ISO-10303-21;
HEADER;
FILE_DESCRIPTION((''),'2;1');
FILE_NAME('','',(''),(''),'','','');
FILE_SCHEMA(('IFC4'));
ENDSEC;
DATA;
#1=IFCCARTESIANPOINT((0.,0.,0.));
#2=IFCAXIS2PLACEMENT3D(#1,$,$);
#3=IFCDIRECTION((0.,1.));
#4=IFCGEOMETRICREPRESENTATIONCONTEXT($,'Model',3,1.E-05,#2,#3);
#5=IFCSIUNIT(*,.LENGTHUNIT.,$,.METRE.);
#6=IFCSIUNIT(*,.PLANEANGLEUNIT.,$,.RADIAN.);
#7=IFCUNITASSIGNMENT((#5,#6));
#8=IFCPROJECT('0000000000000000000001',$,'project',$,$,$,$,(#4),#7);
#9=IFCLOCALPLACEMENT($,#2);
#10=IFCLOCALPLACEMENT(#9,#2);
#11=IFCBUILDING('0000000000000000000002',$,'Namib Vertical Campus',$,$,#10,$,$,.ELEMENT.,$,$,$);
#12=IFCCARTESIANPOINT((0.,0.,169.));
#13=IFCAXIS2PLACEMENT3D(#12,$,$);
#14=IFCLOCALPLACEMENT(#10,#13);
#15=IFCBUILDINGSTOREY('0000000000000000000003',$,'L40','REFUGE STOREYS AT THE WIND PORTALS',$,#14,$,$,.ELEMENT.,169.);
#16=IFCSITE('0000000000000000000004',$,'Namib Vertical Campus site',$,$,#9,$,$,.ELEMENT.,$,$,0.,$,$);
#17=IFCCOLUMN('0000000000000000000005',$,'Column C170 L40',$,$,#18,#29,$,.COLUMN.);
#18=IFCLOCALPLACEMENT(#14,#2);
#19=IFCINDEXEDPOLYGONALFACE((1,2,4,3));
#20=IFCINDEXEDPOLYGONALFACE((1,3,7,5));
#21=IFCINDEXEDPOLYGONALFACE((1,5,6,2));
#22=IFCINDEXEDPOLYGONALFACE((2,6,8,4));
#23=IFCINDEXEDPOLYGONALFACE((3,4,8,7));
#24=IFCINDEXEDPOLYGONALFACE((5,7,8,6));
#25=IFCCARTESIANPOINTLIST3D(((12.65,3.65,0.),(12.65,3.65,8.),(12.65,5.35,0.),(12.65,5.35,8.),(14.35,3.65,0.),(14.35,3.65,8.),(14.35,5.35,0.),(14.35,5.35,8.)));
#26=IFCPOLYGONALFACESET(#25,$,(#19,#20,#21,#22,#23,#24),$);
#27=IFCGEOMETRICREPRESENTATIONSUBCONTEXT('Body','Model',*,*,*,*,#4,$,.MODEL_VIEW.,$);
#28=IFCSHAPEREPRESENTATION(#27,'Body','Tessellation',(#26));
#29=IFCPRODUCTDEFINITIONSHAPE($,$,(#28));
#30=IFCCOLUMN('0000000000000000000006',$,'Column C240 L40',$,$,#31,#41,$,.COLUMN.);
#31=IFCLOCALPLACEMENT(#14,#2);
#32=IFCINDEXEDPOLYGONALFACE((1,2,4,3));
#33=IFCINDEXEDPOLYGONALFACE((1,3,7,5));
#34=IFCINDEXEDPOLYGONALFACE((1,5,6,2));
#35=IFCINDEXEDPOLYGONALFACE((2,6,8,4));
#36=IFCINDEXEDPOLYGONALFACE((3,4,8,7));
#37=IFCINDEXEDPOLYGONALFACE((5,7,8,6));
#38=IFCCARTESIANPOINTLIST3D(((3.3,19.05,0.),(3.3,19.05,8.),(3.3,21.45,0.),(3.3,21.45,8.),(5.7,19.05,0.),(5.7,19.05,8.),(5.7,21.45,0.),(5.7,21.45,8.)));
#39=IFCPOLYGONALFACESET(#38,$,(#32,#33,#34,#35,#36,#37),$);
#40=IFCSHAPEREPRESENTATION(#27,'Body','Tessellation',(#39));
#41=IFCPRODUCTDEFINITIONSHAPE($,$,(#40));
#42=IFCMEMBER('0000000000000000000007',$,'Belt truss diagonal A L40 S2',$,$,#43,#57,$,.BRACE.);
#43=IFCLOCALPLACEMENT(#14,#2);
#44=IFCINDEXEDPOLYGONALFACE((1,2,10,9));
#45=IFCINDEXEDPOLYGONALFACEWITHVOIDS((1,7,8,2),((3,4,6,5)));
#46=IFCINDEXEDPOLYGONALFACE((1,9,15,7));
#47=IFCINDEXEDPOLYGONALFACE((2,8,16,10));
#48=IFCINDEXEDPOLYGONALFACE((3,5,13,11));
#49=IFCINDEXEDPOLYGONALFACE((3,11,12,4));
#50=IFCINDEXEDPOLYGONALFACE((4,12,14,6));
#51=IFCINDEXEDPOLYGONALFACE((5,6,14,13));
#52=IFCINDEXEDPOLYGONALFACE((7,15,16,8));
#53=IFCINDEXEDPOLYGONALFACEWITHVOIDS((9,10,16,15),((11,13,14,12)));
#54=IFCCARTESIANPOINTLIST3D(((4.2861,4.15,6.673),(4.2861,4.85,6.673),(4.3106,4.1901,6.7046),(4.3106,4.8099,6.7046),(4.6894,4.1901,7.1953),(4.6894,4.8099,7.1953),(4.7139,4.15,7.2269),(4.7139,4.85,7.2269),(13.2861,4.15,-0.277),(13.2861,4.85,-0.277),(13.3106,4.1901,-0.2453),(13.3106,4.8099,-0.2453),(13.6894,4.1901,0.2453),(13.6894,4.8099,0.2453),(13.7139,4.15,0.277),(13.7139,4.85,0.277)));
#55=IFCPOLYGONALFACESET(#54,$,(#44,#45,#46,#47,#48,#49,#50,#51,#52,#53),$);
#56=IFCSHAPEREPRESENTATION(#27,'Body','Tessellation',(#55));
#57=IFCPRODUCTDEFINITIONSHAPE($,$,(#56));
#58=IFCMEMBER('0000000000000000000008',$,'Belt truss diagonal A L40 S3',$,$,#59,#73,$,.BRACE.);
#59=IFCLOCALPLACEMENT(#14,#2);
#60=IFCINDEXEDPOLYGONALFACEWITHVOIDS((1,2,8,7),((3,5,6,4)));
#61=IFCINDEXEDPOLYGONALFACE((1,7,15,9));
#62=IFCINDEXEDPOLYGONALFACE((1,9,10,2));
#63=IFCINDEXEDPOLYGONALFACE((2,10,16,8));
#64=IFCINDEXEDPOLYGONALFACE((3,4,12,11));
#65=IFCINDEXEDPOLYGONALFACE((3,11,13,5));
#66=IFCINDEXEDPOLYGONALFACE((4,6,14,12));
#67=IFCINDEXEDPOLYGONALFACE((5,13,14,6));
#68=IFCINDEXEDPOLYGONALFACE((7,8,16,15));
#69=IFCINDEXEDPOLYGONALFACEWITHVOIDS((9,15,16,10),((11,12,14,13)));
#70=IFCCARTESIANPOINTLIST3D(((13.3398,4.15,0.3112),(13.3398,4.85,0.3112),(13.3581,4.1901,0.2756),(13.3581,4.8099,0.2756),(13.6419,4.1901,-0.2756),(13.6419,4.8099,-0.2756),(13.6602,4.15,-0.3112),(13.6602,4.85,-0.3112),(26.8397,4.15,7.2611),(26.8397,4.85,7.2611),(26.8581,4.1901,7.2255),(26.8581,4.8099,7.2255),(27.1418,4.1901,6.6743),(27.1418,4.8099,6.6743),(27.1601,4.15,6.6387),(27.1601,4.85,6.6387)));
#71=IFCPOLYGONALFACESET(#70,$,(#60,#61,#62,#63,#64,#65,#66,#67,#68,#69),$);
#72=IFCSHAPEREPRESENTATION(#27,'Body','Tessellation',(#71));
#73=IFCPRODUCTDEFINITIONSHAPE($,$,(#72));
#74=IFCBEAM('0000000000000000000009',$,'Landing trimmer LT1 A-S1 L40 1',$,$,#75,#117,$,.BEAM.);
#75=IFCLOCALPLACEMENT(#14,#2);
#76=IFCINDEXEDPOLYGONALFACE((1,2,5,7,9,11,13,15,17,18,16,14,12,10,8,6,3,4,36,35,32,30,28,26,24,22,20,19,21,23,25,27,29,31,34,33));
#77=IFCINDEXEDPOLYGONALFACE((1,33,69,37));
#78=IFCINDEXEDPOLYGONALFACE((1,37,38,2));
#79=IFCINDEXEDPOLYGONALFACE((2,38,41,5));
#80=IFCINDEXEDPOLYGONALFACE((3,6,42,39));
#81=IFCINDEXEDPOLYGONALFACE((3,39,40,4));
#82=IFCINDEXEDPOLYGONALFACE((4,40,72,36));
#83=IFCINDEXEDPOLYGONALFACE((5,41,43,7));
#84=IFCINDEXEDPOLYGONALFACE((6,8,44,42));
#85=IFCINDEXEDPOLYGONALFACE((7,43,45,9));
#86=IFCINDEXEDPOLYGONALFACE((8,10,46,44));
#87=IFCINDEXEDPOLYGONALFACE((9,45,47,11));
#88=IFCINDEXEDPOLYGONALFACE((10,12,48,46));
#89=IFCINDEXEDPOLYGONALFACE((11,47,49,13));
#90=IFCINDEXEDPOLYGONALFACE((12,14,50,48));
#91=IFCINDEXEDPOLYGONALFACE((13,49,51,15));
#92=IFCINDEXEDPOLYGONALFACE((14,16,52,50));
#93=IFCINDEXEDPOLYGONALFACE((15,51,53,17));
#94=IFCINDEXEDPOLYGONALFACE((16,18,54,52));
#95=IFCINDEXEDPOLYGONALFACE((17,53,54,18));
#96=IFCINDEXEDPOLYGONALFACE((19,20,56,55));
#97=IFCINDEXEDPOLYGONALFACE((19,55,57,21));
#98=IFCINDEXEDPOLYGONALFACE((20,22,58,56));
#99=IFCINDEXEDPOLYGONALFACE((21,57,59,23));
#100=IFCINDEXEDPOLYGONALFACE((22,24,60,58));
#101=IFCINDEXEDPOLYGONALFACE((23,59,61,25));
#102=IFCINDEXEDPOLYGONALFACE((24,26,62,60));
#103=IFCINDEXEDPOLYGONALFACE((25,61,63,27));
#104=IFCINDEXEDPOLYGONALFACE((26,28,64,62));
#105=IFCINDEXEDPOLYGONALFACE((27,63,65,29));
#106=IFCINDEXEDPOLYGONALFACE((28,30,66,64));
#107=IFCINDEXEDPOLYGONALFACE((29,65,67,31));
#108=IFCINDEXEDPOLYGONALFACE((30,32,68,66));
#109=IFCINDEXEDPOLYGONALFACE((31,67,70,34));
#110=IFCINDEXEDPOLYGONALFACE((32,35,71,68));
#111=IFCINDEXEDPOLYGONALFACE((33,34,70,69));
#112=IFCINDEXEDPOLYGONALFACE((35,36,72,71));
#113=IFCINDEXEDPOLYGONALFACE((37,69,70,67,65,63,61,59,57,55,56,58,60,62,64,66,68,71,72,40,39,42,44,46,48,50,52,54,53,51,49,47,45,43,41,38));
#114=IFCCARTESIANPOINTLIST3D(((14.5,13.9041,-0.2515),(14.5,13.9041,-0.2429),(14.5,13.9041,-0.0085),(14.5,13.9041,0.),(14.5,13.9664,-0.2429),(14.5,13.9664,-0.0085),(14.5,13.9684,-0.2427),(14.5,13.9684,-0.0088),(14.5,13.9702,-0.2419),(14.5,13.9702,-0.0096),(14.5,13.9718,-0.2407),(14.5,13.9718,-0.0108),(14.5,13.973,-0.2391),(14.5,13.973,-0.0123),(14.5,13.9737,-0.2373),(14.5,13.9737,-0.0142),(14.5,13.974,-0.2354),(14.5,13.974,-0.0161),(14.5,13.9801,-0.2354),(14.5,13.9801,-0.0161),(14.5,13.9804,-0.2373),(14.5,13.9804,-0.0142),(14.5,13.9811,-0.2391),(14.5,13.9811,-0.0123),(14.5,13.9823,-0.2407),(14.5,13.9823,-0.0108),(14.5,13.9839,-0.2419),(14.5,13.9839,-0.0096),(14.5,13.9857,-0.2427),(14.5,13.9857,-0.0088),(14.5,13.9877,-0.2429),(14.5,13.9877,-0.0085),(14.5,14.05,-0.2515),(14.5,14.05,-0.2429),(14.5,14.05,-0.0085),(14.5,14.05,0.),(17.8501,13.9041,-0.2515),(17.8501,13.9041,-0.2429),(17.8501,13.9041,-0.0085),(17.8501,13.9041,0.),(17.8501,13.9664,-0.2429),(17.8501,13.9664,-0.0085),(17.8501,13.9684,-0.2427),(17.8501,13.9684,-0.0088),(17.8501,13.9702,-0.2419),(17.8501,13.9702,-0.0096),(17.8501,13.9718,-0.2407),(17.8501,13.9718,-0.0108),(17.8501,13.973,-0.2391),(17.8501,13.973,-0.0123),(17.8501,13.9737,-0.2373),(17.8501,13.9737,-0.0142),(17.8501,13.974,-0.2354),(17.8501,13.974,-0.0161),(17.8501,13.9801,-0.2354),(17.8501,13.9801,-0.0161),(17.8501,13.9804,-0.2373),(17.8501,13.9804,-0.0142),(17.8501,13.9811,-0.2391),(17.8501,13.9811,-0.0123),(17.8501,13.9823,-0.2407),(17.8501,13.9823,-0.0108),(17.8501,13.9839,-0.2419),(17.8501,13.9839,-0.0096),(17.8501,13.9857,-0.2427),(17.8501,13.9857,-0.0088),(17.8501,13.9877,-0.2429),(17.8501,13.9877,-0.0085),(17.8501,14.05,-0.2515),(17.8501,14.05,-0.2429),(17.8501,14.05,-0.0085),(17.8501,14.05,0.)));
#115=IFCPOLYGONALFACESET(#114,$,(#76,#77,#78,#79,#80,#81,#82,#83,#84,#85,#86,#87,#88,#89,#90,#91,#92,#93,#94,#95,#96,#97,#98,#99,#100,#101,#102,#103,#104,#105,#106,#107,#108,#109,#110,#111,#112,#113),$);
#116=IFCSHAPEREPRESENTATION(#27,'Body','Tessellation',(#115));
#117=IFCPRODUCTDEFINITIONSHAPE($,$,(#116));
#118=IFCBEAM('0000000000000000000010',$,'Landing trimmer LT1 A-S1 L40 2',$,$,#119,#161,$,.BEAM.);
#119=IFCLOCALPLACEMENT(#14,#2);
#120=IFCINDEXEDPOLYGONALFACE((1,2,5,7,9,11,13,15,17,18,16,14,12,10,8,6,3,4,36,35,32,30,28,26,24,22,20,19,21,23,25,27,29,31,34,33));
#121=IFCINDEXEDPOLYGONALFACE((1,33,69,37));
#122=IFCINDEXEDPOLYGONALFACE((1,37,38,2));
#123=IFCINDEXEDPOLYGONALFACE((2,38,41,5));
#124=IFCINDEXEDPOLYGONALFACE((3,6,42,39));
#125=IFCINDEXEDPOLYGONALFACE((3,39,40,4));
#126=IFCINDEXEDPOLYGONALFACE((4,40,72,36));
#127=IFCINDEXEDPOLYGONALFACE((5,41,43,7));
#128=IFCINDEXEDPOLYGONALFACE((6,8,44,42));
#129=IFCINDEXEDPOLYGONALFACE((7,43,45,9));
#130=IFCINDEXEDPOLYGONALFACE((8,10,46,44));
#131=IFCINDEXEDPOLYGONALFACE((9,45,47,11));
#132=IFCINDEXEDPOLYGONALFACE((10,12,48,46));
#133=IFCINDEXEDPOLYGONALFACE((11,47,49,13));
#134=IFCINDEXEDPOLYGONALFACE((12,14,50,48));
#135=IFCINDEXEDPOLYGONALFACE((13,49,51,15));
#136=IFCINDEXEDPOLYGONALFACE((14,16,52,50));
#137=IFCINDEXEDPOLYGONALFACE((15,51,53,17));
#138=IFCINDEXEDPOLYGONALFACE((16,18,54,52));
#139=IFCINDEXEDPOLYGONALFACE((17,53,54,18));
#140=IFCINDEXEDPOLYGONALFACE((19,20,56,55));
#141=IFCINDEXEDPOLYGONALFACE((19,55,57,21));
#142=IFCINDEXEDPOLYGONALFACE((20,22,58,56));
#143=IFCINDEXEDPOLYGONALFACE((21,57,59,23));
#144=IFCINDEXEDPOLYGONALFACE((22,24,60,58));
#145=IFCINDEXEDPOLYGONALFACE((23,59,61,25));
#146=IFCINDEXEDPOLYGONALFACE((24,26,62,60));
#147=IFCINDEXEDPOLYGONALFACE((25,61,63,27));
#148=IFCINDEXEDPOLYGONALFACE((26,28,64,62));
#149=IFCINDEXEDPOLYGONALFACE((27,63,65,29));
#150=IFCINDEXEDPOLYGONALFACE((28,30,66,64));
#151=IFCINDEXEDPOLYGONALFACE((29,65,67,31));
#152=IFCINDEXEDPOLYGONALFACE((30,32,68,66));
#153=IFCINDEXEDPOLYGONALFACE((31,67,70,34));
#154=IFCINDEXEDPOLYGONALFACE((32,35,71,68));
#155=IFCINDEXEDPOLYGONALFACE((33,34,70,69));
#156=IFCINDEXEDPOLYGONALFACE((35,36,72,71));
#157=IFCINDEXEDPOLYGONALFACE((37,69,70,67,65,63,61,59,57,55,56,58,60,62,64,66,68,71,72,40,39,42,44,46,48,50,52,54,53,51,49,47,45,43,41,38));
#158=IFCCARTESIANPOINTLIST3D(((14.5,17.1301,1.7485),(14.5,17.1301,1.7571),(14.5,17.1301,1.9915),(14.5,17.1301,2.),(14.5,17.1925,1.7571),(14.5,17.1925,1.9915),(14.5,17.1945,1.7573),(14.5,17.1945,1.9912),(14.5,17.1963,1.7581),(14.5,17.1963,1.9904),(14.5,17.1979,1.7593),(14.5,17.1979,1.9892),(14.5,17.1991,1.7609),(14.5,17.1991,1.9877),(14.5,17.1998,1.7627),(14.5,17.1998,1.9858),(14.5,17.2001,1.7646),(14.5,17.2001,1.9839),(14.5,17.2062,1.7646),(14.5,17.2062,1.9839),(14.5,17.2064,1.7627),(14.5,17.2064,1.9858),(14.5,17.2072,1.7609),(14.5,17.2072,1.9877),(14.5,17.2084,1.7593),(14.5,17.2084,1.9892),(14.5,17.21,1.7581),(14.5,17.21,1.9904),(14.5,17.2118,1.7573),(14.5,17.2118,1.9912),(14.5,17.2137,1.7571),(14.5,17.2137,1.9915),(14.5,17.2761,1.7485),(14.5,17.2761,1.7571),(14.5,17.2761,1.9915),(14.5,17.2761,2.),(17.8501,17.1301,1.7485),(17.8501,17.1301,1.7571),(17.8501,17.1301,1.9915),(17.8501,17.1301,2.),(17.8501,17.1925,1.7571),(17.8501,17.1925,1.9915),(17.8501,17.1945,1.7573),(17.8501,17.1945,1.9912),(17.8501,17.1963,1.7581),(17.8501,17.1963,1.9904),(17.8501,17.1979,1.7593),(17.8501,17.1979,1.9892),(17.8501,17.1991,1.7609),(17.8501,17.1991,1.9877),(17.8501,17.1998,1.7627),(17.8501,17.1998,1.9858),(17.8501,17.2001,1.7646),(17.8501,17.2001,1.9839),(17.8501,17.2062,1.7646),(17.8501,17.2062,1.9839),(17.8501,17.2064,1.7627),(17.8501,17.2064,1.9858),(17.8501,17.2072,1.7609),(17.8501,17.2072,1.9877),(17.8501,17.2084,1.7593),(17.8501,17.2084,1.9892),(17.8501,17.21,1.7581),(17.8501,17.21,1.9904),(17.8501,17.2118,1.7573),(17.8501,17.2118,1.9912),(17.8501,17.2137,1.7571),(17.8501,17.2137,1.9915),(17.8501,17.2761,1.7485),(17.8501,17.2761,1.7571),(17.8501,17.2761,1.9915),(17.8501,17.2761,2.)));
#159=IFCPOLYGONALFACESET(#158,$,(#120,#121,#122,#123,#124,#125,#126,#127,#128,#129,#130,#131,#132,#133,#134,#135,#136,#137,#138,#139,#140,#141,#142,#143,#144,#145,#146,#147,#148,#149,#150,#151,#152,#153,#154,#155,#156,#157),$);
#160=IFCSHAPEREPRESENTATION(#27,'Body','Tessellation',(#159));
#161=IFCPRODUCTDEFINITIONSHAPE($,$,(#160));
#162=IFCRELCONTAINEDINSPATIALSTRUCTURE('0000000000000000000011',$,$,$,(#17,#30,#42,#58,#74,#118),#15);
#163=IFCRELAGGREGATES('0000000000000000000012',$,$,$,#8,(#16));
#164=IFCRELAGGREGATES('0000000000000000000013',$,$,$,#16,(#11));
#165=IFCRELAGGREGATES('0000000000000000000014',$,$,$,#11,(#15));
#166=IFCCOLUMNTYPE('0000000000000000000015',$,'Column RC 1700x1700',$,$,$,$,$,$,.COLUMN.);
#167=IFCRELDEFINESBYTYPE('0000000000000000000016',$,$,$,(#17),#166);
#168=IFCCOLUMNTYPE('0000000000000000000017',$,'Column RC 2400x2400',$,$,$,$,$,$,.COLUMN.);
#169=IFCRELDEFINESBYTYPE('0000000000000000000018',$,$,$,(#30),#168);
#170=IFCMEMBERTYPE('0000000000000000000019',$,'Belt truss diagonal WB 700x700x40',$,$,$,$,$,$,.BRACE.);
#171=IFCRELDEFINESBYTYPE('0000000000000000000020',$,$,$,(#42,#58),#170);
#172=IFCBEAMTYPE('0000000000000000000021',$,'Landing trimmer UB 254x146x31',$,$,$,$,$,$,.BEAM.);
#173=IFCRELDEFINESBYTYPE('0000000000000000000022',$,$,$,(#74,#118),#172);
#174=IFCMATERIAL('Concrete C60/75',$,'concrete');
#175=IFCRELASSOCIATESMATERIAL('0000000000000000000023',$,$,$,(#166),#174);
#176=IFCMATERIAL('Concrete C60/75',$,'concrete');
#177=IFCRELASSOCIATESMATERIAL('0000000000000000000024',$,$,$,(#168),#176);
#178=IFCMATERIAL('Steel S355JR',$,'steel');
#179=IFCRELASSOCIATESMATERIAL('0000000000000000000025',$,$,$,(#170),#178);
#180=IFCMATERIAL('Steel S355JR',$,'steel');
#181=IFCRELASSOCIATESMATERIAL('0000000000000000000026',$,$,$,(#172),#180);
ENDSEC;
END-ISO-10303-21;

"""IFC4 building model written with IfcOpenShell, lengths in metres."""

from ifc_helpers import new_model, si_unit, direction, frame, origin, origin_2d, place, context, subcontext, project, spatial, rectangle, hollow_rectangle, i_section, extrude, material, material_profile, profile_set, type_object, element, save


model = new_model("IFC4")

# Units and contexts
model_context = context("Model", 3, precision=1e-05, world=origin(), true_north=direction((0.0, 1.0)))
body_context = subcontext(model_context, "Body", "Model", "MODEL_VIEW")
ifc_project = project(units=[si_unit("LENGTHUNIT", "METRE"), si_unit("PLANEANGLEUNIT", "RADIAN")], contexts=[model_context])

# Site, building, storey
site_placement = place(None, origin())
site = spatial("IfcSite", under=ifc_project, at=site_placement, Name="Namib Vertical Campus site", CompositionType="ELEMENT", RefElevation=0.0)
building_placement = place(site_placement, origin())
building = spatial("IfcBuilding", under=site, at=building_placement, Name="Namib Vertical Campus", CompositionType="ELEMENT")
storey_placement = place(building_placement, frame((0.0, 0.0, 169.0)))
storey = spatial("IfcBuildingStorey", under=building, at=storey_placement, Name="L40", Description="REFUGE STOREYS AT THE WIND PORTALS", CompositionType="ELEMENT", Elevation=169.0)

# Columns
ifc_material_1 = material(Name="Concrete C60/75", Category="concrete")
ifc_material_profile_1 = material_profile(ifc_material_1, rectangle(XDim=1.7, YDim=1.7, at=origin_2d()))
ifc_profile_set_1 = profile_set([ifc_material_profile_1], Name="Concrete C60/75")
column_type_1 = type_object("IfcColumnType", Name="Column RC 1700x1700", PredefinedType="COLUMN", material=ifc_profile_set_1)
column_1_placement = place(storey_placement, frame((13.5, 4.5, 0.0), z_axis=(0.0, 0.0, 1.0), x_axis=(1.0, 0.0, 0.0)))
element("IfcColumn", 1, at=column_1_placement, inside=storey, type_object=column_type_1, Name="Column C170 L40", PredefinedType="COLUMN", context=body_context, shape_type="SweptSolid", body=[
    extrude(rectangle(XDim=1.7, YDim=1.7, at=origin_2d()), origin(), (0.0, 0.0, 1.0), 8.0),
])
ifc_material_2 = material(Name="Concrete C60/75", Category="concrete")
ifc_material_profile_2 = material_profile(ifc_material_2, rectangle(XDim=2.3999, YDim=2.3999, at=origin_2d()))
ifc_profile_set_2 = profile_set([ifc_material_profile_2], Name="Concrete C60/75")
column_type_2 = type_object("IfcColumnType", Name="Column RC 2400x2400", PredefinedType="COLUMN", material=ifc_profile_set_2)
column_2_placement = place(storey_placement, frame((4.5, 20.25, 0.0), z_axis=(0.0, 0.0, 1.0), x_axis=(1.0, 0.0, 0.0)))
element("IfcColumn", 2, at=column_2_placement, inside=storey, type_object=column_type_2, Name="Column C240 L40", PredefinedType="COLUMN", context=body_context, shape_type="SweptSolid", body=[
    extrude(rectangle(XDim=2.3999, YDim=2.3999, at=origin_2d()), origin(), (0.0, 0.0, 1.0), 8.0),
])

# Members
ifc_material_3 = material(Name="Steel S355JR", Category="steel")
ifc_material_profile_3 = material_profile(ifc_material_3, hollow_rectangle(XDim=0.7, YDim=0.7, WallThickness=0.04, at=origin_2d()))
ifc_profile_set_3 = profile_set([ifc_material_profile_3], Name="Steel S355JR")
member_type = type_object("IfcMemberType", Name="Belt truss diagonal WB 700x700x40", PredefinedType="BRACE", material=ifc_profile_set_3)
member_1_placement = place(storey_placement, frame((13.5, 4.5, 0.0), z_axis=(-0.79148, 0.0, 0.611194), x_axis=(0.0, -1.0, 0.0)))
element("IfcMember", 3, at=member_1_placement, inside=storey, type_object=member_type, Name="Belt truss diagonal A L40 S2", PredefinedType="BRACE", context=body_context, shape_type="SweptSolid", body=[
    extrude(hollow_rectangle(XDim=0.7, YDim=0.7, WallThickness=0.04, at=origin_2d()), origin(), (0.0, 0.0, 1.0), 11.3711),
])
member_2_placement = place(storey_placement, frame((13.5, 4.5, 0.0), z_axis=(0.889098, 0.0, 0.457717), x_axis=(0.0, 1.0, 0.0)))
element("IfcMember", 4, at=member_2_placement, inside=storey, type_object=member_type, Name="Belt truss diagonal A L40 S3", PredefinedType="BRACE", context=body_context, shape_type="SweptSolid", body=[
    extrude(hollow_rectangle(XDim=0.7, YDim=0.7, WallThickness=0.04, at=origin_2d()), origin(), (0.0, 0.0, 1.0), 15.1838),
])

# Beams
ifc_material_4 = material(Name="Steel S355JR", Category="steel")
ifc_material_profile_4 = material_profile(ifc_material_4, i_section(OverallWidth=0.146, OverallDepth=0.2515, WebThickness=0.0061, FlangeThickness=0.0085, FilletRadius=0.0076, at=origin_2d()))
ifc_profile_set_4 = profile_set([ifc_material_profile_4], Name="Steel S355JR")
beam_type_1 = type_object("IfcBeamType", Name="Landing trimmer UB 254x146x31", PredefinedType="BEAM", material=ifc_profile_set_4)
for number, where, z_axis, x_axis, name in (
    (5, (14.5, 13.9771, -0.1257), (1.0, 0.0, 0.0), (0.0, 1.0, 0.0), "Landing trimmer LT1 A-S1 L40 1"),
    (6, (14.5, 17.2031, 1.8743), (1.0, 0.0, 0.0), (0.0, 1.0, 0.0), "Landing trimmer LT1 A-S1 L40 2"),
):
    element("IfcBeam", number, at=place(storey_placement, frame(where, z_axis=z_axis, x_axis=x_axis)), inside=storey, type_object=beam_type_1, Name=name, PredefinedType="BEAM", context=body_context, shape_type="SweptSolid", body=[
        extrude(i_section(OverallWidth=0.146, OverallDepth=0.2515, WebThickness=0.0061, FlangeThickness=0.0085, FilletRadius=0.0076, at=origin_2d()), origin(), (0.0, 0.0, 1.0), 3.3501),
    ])

save(model, "model.ifc")
